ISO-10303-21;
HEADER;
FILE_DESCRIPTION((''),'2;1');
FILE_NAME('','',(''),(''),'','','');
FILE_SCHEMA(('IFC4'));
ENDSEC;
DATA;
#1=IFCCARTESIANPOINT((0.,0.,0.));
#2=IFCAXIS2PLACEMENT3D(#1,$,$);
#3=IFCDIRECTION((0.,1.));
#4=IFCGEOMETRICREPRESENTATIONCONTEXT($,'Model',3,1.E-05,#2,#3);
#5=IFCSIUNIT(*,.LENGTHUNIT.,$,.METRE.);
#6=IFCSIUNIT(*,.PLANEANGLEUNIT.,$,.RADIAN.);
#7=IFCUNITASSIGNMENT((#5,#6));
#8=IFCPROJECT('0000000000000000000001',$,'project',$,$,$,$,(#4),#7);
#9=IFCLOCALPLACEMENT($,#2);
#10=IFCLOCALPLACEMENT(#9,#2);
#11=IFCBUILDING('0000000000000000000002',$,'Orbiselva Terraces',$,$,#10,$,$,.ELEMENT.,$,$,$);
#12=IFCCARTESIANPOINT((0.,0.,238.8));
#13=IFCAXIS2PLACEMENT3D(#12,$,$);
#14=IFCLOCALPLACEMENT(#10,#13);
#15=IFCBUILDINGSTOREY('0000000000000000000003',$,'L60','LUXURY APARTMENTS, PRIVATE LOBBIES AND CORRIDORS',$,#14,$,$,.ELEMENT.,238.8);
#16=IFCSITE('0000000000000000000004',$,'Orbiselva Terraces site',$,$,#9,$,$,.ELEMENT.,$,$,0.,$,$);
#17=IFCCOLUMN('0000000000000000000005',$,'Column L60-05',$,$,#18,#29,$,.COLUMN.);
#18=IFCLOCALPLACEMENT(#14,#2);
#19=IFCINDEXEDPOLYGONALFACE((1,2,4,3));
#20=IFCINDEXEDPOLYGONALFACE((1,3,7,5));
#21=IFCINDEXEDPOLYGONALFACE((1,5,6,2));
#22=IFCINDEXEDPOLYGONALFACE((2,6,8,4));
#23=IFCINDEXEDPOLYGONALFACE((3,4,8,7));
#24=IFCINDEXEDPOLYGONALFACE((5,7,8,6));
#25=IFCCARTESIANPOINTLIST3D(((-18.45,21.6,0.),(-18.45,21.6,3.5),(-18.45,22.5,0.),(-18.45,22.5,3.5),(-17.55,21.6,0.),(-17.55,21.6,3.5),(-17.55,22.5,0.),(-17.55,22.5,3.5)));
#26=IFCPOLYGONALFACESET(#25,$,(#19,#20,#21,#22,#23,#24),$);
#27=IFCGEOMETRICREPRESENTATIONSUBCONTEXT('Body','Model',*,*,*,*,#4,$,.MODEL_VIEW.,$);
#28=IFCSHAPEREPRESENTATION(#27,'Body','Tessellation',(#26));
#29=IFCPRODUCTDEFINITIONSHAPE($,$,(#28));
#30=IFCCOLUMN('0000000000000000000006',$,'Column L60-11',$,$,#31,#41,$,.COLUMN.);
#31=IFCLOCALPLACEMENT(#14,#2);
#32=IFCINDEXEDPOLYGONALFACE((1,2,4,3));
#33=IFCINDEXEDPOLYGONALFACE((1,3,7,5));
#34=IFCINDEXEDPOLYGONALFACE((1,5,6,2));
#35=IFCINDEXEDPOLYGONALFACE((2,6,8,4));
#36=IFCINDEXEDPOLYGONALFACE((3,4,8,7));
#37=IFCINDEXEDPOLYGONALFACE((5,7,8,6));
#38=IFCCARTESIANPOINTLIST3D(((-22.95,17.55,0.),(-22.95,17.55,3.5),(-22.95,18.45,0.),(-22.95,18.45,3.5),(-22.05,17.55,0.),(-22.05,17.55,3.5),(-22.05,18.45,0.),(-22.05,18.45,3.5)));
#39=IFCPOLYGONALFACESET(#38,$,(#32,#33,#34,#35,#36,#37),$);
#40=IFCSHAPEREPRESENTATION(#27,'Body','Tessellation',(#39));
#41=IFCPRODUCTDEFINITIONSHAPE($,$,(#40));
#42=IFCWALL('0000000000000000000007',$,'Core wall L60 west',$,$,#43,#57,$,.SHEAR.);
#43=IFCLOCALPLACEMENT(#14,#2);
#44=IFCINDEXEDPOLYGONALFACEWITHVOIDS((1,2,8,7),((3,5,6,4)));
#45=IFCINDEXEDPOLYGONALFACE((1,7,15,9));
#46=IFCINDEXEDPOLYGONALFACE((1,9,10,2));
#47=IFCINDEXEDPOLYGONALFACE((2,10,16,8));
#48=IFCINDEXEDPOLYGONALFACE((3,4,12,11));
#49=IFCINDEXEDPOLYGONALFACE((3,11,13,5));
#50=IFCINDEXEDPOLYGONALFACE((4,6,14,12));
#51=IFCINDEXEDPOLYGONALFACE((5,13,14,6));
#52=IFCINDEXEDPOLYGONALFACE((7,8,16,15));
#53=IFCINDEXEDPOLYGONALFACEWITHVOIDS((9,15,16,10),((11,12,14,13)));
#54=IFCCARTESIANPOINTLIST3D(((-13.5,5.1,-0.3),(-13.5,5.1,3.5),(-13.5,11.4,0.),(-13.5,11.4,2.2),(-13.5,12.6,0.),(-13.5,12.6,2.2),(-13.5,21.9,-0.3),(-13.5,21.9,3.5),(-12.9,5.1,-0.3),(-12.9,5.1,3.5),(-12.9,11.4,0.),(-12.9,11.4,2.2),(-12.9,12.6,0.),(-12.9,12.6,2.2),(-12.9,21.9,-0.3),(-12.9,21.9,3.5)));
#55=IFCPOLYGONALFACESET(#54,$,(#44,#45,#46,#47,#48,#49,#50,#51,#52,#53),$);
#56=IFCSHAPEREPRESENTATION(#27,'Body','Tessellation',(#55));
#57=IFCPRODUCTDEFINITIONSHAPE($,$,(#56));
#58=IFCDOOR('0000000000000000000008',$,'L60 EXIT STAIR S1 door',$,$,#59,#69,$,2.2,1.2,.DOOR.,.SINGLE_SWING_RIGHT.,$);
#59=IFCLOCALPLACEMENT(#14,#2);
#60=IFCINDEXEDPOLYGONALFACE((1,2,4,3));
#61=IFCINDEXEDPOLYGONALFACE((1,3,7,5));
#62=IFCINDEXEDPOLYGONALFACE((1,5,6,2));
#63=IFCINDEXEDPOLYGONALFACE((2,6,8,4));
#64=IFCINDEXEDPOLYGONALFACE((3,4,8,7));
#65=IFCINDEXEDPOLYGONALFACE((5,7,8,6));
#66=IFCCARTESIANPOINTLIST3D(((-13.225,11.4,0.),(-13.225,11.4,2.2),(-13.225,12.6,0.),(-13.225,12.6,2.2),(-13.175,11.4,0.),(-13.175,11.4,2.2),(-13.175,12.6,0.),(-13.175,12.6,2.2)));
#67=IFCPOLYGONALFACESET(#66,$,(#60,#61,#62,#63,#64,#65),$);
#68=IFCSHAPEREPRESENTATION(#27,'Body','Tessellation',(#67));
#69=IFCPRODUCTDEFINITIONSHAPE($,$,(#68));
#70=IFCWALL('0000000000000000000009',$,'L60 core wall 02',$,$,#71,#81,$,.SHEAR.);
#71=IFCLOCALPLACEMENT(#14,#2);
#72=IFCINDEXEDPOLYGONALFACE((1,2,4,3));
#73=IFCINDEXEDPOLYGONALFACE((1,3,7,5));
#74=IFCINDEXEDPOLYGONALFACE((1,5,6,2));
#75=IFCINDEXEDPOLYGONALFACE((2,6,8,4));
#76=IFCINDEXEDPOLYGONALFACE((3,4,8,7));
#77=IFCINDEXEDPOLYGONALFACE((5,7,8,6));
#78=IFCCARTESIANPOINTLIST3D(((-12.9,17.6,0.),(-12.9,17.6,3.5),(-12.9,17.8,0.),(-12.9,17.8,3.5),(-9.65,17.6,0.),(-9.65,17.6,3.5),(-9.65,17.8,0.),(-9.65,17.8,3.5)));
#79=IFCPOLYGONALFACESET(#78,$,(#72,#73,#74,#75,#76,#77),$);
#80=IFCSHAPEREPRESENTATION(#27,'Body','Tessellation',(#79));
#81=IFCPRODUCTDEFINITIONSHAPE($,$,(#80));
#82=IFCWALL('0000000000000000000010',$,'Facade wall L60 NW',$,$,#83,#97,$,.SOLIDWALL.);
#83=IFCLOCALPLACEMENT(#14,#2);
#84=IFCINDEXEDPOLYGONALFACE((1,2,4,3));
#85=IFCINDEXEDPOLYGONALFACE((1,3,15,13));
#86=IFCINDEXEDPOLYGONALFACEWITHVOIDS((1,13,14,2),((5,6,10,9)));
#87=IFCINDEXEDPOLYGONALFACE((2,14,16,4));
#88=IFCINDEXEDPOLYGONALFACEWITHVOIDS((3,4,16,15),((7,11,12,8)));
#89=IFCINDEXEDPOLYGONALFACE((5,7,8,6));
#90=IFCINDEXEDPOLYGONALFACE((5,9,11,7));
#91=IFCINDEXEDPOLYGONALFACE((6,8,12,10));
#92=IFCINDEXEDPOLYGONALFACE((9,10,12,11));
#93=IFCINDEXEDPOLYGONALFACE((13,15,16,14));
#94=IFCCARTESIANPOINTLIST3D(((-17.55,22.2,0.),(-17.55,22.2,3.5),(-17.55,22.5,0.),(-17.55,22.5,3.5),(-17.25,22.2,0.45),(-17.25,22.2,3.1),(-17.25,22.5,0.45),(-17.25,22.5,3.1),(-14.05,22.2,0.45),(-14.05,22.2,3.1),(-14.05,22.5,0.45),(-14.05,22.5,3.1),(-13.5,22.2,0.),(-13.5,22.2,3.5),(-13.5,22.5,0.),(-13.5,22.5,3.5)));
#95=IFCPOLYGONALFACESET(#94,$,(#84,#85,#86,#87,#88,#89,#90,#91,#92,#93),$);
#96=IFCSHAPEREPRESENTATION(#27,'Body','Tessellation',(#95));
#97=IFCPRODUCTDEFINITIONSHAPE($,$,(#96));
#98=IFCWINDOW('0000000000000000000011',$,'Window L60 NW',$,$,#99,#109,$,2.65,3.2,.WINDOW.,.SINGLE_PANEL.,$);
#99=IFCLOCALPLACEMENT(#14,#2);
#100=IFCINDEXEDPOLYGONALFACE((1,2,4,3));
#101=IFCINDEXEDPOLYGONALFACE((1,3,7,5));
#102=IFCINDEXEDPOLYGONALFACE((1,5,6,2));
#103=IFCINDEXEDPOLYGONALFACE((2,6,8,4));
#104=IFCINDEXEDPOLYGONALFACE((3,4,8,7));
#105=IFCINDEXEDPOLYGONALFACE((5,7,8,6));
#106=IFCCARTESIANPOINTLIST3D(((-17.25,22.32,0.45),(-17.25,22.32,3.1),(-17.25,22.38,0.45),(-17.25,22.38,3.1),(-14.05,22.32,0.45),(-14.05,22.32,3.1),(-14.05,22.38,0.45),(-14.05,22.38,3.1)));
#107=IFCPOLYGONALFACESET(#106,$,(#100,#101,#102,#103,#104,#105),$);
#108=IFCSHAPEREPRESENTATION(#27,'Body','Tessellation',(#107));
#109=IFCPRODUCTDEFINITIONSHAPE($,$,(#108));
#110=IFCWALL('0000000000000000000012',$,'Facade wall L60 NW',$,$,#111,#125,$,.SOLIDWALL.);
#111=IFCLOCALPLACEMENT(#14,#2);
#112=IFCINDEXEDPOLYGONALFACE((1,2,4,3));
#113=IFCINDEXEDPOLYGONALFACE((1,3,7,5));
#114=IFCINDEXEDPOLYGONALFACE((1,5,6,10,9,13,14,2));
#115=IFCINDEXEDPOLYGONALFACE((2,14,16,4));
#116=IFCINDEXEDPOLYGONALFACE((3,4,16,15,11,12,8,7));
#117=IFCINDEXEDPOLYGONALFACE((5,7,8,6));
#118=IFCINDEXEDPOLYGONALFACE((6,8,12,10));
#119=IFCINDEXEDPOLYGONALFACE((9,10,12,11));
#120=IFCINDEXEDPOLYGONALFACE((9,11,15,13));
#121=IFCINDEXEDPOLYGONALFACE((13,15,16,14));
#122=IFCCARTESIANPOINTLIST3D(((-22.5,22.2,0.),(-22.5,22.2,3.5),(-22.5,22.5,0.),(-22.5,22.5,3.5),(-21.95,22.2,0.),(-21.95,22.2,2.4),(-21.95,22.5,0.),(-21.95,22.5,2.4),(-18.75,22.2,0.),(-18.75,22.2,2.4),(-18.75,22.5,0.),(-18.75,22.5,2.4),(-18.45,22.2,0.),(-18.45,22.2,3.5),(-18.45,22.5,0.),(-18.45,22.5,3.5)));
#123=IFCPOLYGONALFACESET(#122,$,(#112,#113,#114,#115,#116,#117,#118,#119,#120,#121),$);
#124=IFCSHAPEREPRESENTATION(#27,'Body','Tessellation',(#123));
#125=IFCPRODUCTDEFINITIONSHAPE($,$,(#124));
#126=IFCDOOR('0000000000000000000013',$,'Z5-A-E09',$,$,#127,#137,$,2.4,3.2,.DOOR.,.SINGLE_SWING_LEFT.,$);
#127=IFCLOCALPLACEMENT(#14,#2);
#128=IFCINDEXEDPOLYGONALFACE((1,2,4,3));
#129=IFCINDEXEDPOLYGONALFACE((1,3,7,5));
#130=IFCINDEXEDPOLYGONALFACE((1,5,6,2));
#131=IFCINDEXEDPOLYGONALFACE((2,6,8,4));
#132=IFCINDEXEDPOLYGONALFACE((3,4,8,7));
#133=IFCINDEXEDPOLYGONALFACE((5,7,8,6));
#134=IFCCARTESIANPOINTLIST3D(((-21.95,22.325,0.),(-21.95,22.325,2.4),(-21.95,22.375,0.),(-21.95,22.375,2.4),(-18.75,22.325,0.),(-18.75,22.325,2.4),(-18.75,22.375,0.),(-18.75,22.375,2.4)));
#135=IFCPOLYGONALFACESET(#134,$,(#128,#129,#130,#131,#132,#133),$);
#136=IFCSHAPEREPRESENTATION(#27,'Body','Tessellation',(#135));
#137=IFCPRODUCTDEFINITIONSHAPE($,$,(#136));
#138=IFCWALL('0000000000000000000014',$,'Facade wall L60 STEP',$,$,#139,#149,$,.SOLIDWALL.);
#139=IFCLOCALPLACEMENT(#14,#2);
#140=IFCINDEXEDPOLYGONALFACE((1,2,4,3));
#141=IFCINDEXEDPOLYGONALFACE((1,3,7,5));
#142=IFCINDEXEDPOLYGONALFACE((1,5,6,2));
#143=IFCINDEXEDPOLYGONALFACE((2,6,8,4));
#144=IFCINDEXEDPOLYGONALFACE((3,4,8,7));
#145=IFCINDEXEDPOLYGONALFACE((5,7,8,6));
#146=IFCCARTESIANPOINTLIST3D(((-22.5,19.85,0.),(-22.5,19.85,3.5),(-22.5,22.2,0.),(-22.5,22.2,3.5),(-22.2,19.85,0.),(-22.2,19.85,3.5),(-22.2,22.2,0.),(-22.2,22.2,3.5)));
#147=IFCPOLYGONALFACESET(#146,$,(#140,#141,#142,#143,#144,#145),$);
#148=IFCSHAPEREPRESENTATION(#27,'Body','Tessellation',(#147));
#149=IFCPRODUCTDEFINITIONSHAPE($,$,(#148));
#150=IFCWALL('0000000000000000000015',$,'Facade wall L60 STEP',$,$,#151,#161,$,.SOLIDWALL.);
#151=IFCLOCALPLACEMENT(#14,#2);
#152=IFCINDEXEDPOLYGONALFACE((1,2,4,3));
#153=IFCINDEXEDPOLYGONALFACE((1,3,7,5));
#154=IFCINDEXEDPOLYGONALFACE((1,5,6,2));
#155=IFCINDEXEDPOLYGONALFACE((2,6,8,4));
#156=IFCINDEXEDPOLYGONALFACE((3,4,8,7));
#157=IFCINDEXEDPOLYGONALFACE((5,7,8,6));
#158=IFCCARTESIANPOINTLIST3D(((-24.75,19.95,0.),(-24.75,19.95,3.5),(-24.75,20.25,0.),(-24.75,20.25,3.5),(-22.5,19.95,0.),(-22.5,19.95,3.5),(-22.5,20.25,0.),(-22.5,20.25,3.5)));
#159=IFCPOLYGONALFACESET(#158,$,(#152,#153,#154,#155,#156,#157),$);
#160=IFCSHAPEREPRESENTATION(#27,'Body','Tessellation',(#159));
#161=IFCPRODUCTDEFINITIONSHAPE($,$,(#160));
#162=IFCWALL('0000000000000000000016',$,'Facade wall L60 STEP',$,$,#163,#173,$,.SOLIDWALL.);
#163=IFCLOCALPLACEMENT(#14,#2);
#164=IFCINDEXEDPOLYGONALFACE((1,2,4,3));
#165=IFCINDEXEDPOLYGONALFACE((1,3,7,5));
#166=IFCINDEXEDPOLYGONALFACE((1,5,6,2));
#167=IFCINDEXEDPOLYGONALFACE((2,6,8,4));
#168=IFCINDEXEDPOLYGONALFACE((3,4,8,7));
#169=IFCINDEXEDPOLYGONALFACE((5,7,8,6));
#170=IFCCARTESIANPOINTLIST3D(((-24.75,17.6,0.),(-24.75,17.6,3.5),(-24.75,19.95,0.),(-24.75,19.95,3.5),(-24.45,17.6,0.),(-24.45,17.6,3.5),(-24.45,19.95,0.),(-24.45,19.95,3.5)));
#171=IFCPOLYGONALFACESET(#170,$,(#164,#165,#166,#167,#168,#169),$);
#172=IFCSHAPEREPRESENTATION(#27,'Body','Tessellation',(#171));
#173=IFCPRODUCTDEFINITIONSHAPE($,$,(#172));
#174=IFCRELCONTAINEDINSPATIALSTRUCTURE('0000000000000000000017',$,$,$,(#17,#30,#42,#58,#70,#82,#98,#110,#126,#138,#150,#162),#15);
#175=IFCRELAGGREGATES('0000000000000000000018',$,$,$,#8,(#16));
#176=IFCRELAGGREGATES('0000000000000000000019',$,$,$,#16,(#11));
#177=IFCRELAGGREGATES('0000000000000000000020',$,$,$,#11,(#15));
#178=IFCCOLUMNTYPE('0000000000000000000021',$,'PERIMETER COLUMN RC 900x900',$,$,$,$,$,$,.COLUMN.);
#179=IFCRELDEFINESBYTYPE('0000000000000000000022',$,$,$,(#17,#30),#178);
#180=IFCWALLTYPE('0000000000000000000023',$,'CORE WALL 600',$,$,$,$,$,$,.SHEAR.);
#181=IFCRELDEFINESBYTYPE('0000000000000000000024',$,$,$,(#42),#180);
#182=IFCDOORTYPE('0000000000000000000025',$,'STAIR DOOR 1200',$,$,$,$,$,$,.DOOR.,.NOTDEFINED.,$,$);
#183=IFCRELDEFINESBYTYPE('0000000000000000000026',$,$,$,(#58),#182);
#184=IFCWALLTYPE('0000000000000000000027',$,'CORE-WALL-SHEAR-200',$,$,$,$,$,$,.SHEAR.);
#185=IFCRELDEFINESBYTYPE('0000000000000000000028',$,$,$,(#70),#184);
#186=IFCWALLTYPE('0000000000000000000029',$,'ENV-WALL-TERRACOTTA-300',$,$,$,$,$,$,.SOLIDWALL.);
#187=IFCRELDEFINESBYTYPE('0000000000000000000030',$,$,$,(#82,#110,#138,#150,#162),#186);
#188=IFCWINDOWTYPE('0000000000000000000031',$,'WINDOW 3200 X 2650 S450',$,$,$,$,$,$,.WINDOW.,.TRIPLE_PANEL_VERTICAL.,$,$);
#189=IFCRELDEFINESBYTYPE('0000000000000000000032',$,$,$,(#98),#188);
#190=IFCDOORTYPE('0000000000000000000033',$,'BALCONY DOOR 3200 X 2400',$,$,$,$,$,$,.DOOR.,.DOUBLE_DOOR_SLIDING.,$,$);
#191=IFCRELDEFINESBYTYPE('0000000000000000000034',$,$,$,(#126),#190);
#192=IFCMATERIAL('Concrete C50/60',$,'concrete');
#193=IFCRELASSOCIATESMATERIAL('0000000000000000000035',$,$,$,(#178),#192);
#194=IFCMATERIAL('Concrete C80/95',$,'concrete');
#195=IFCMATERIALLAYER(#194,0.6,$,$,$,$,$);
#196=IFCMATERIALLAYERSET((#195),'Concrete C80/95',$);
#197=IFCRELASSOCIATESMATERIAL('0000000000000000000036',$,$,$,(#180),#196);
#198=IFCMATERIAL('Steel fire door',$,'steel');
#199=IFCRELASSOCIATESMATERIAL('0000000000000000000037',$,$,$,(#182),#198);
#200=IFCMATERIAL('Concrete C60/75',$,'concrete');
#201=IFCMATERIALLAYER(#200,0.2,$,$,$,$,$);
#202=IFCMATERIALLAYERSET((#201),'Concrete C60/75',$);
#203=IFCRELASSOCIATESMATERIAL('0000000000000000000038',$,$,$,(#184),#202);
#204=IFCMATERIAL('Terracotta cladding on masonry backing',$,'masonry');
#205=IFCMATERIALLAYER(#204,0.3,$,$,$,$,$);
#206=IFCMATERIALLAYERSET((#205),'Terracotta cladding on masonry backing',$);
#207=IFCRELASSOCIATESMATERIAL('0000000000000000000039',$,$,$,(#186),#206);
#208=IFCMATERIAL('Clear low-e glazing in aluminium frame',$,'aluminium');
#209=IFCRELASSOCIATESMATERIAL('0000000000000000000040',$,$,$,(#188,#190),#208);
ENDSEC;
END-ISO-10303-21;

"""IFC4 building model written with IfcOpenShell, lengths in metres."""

from ifc_helpers import new_model, si_unit, direction, frame, frame_2d, origin, origin_2d, place, context, subcontext, project, spatial, rectangle, extrude, material, layer, layer_set, material_profile, profile_set, type_object, element, fill, save


model = new_model("IFC4")

# Units and contexts
model_context = context("Model", 3, precision=1e-05, world=origin(), true_north=direction((0.0, 1.0)))
body_context = subcontext(model_context, "Body", "Model", "MODEL_VIEW")
ifc_project = project(units=[si_unit("LENGTHUNIT", "METRE"), si_unit("PLANEANGLEUNIT", "RADIAN")], contexts=[model_context])

# Site, building, storey
site_placement = place(None, origin())
site = spatial("IfcSite", under=ifc_project, at=site_placement, Name="Orbiselva Terraces site", CompositionType="ELEMENT", RefElevation=0.0)
building_placement = place(site_placement, origin())
building = spatial("IfcBuilding", under=site, at=building_placement, Name="Orbiselva Terraces", CompositionType="ELEMENT")
storey_placement = place(building_placement, frame((0.0, 0.0, 238.8)))
storey = spatial("IfcBuildingStorey", under=building, at=storey_placement, Name="L60", Description="LUXURY APARTMENTS, PRIVATE LOBBIES AND CORRIDORS", CompositionType="ELEMENT", Elevation=238.8)

# Columns
ifc_material_1 = material(Name="Concrete C50/60", Category="concrete")
ifc_material_profile = material_profile(ifc_material_1, rectangle(XDim=0.9, YDim=0.9, at=origin_2d()), Name="RC 900x900")
ifc_profile_set = profile_set([ifc_material_profile], Name="Concrete C50/60")
column_type = type_object("IfcColumnType", Name="PERIMETER COLUMN RC 900x900", PredefinedType="COLUMN", material=ifc_profile_set)
for number, where, z_axis, x_axis, name in (
    (1, (-18.0, 22.05, 0.0), (0.0, 0.0, 1.0), (1.0, 0.0, 0.0), "Column L60-05"),
    (2, (-22.5, 18.0, 0.0), (0.0, 0.0, 1.0), (1.0, 0.0, 0.0), "Column L60-11"),
):
    element("IfcColumn", number, at=place(storey_placement, frame(where, z_axis=z_axis, x_axis=x_axis)), inside=storey, type_object=column_type, Name=name, PredefinedType="COLUMN", context=body_context, shape_type="SweptSolid", body=[
        extrude(rectangle(XDim=0.9, YDim=0.9, at=origin_2d()), origin(), (0.0, 0.0, 1.0), 3.5),
    ])

# Wall, opening, door
ifc_material_2 = material(Name="Concrete C80/95", Category="concrete")
ifc_layer_1 = layer(ifc_material_2, 0.6)
ifc_layer_set_1 = layer_set([ifc_layer_1], Name="Concrete C80/95")
wall_type_1 = type_object("IfcWallType", Name="CORE WALL 600", PredefinedType="SHEAR", material=ifc_layer_set_1)
wall_1_placement = place(storey_placement, frame((-13.2, 21.9, -0.3), z_axis=(0.0, 0.0, 1.0), x_axis=(0.0, -1.0, 0.0)))
wall_1 = element("IfcWall", 3, at=wall_1_placement, inside=storey, type_object=wall_type_1, Name="Core wall L60 west", PredefinedType="SHEAR", context=body_context, shape_type="SweptSolid", body=[
    extrude(rectangle(XDim=16.8, YDim=0.6, at=frame_2d((8.4, 0.0))), origin(), (0.0, 0.0, 1.0), 3.8),
])
opening_1_placement = place(wall_1_placement, frame((9.3, 0.0, 0.3)))
opening_1 = element("IfcOpeningElement", 4, at=opening_1_placement, cuts=wall_1, PredefinedType="OPENING", context=body_context, shape_type="SweptSolid", body=[
    extrude(rectangle(XDim=1.2, YDim=2.2, at=frame_2d((0.6, 1.1))), frame((0.0, 0.31, 0.0), z_axis=(0.0, -1.0, 0.0), x_axis=(1.0, 0.0, 0.0)), (0.0, 0.0, 1.0), 0.62),
])
ifc_material_3 = material(Name="Steel fire door", Category="steel")
door_type_1 = type_object("IfcDoorType", Name="STAIR DOOR 1200", OperationType="NOTDEFINED", PredefinedType="DOOR", material=ifc_material_3)
door_1_placement = place(opening_1_placement, frame((1.2, 0.0, 0.0), z_axis=(0.0, 0.0, 1.0), x_axis=(-1.0, 0.0, 0.0)))
door_1 = element("IfcDoor", 5, at=door_1_placement, inside=storey, type_object=door_type_1, Name="L60 EXIT STAIR S1 door", OperationType="SINGLE_SWING_RIGHT", OverallHeight=2.2, OverallWidth=1.2, PredefinedType="DOOR", context=body_context, shape_type="SweptSolid", body=[
    extrude(rectangle(XDim=1.2, YDim=2.2, at=frame_2d((0.6, 1.1))), frame((0.0, 0.025, 0.0), z_axis=(0.0, -1.0, 0.0), x_axis=(1.0, 0.0, 0.0)), (0.0, 0.0, 1.0), 0.05),
])
fill(opening_1, door_1)

# Wall
ifc_material_4 = material(Name="Concrete C60/75", Category="concrete")
ifc_layer_2 = layer(ifc_material_4, 0.2)
ifc_layer_set_2 = layer_set([ifc_layer_2], Name="Concrete C60/75")
wall_type_2 = type_object("IfcWallType", Name="CORE-WALL-SHEAR-200", PredefinedType="SHEAR", material=ifc_layer_set_2)
wall_2_placement = place(storey_placement, frame((-12.9, 17.7, 0.0), z_axis=(0.0, 0.0, 1.0), x_axis=(1.0, 0.0, 0.0)))
element("IfcWall", 6, at=wall_2_placement, inside=storey, type_object=wall_type_2, Name="L60 core wall 02", PredefinedType="SHEAR", context=body_context, shape_type="SweptSolid", body=[
    extrude(rectangle(XDim=3.25, YDim=0.2, at=frame_2d((1.625, 0.0))), origin(), (0.0, 0.0, 1.0), 3.5),
])

# Wall, opening, window
ifc_material_5 = material(Name="Terracotta cladding on masonry backing", Category="masonry")
ifc_layer_3 = layer(ifc_material_5, 0.3)
ifc_layer_set_3 = layer_set([ifc_layer_3], Name="Terracotta cladding on masonry backing")
wall_type_3 = type_object("IfcWallType", Name="ENV-WALL-TERRACOTTA-300", PredefinedType="SOLIDWALL", material=ifc_layer_set_3)
wall_3_placement = place(storey_placement, frame((-17.55, 22.35, 0.0), z_axis=(0.0, 0.0, 1.0), x_axis=(1.0, 0.0, 0.0)))
wall_3 = element("IfcWall", 7, at=wall_3_placement, inside=storey, type_object=wall_type_3, Name="Facade wall L60 NW", PredefinedType="SOLIDWALL", context=body_context, shape_type="SweptSolid", body=[
    extrude(rectangle(XDim=4.05, YDim=0.3, at=frame_2d((2.025, 0.0))), origin(), (0.0, 0.0, 1.0), 3.5),
])
opening_2_placement = place(wall_3_placement, frame((0.3, 0.0, 0.45)))
opening_2 = element("IfcOpeningElement", 8, at=opening_2_placement, cuts=wall_3, PredefinedType="OPENING", context=body_context, shape_type="SweptSolid", body=[
    extrude(rectangle(XDim=3.2, YDim=2.65, at=frame_2d((1.6, 1.325))), frame((0.0, 0.16, 0.0), z_axis=(0.0, -1.0, 0.0), x_axis=(1.0, 0.0, 0.0)), (0.0, 0.0, 1.0), 0.32),
])
ifc_material_6 = material(Name="Clear low-e glazing in aluminium frame", Category="aluminium")
window_type = type_object("IfcWindowType", Name="WINDOW 3200 X 2650 S450", PartitioningType="TRIPLE_PANEL_VERTICAL", PredefinedType="WINDOW", material=ifc_material_6)
window_placement = place(opening_2_placement, origin())
window = element("IfcWindow", 9, at=window_placement, inside=storey, type_object=window_type, Name="Window L60 NW", OverallHeight=2.65, OverallWidth=3.2, PartitioningType="SINGLE_PANEL", PredefinedType="WINDOW", context=body_context, shape_type="SweptSolid", body=[
    extrude(rectangle(XDim=3.2, YDim=2.65, at=frame_2d((1.6, 1.325))), frame((0.0, 0.03, 0.0), z_axis=(0.0, -1.0, 0.0), x_axis=(1.0, 0.0, 0.0)), (0.0, 0.0, 1.0), 0.06),
])
fill(opening_2, window)

# Wall, opening, door
wall_4_placement = place(storey_placement, frame((-22.5, 22.35, 0.0), z_axis=(0.0, 0.0, 1.0), x_axis=(1.0, 0.0, 0.0)))
wall_4 = element("IfcWall", 10, at=wall_4_placement, inside=storey, type_object=wall_type_3, Name="Facade wall L60 NW", PredefinedType="SOLIDWALL", context=body_context, shape_type="SweptSolid", body=[
    extrude(rectangle(XDim=4.05, YDim=0.3, at=frame_2d((2.025, 0.0))), origin(), (0.0, 0.0, 1.0), 3.5),
])
opening_3_placement = place(wall_4_placement, frame((0.55, 0.0, 0.0)))
opening_3 = element("IfcOpeningElement", 11, at=opening_3_placement, cuts=wall_4, PredefinedType="OPENING", context=body_context, shape_type="SweptSolid", body=[
    extrude(rectangle(XDim=3.2, YDim=2.4, at=frame_2d((1.6, 1.2))), frame((0.0, 0.16, 0.0), z_axis=(0.0, -1.0, 0.0), x_axis=(1.0, 0.0, 0.0)), (0.0, 0.0, 1.0), 0.32),
])
door_type_2 = type_object("IfcDoorType", Name="BALCONY DOOR 3200 X 2400", OperationType="DOUBLE_DOOR_SLIDING", PredefinedType="DOOR", material=ifc_material_6)
door_2_placement = place(opening_3_placement, origin())
door_2 = element("IfcDoor", 12, at=door_2_placement, inside=storey, type_object=door_type_2, Name="Z5-A-E09", OperationType="SINGLE_SWING_LEFT", OverallHeight=2.4, OverallWidth=3.2, PredefinedType="DOOR", context=body_context, shape_type="SweptSolid", body=[
    extrude(rectangle(XDim=3.2, YDim=2.4, at=frame_2d((1.6, 1.2))), frame((0.0, 0.025, 0.0), z_axis=(0.0, -1.0, 0.0), x_axis=(1.0, 0.0, 0.0)), (0.0, 0.0, 1.0), 0.05),
])
fill(opening_3, door_2)

# Walls
wall_5_placement = place(storey_placement, frame((-22.35, 19.85, 0.0), z_axis=(0.0, 0.0, 1.0), x_axis=(0.0, 1.0, 0.0)))
element("IfcWall", 13, at=wall_5_placement, inside=storey, type_object=wall_type_3, Name="Facade wall L60 STEP", PredefinedType="SOLIDWALL", context=body_context, shape_type="SweptSolid", body=[
    extrude(rectangle(XDim=2.35, YDim=0.3, at=frame_2d((1.175, 0.0))), origin(), (0.0, 0.0, 1.0), 3.5),
])
wall_6_placement = place(storey_placement, frame((-24.75, 20.1, 0.0), z_axis=(0.0, 0.0, 1.0), x_axis=(1.0, 0.0, 0.0)))
element("IfcWall", 14, at=wall_6_placement, inside=storey, type_object=wall_type_3, Name="Facade wall L60 STEP", PredefinedType="SOLIDWALL", context=body_context, shape_type="SweptSolid", body=[
    extrude(rectangle(XDim=2.25, YDim=0.3, at=frame_2d((1.125, 0.0))), origin(), (0.0, 0.0, 1.0), 3.5),
])
wall_7_placement = place(storey_placement, frame((-24.6, 17.6, 0.0), z_axis=(0.0, 0.0, 1.0), x_axis=(0.0, 1.0, 0.0)))
element("IfcWall", 15, at=wall_7_placement, inside=storey, type_object=wall_type_3, Name="Facade wall L60 STEP", PredefinedType="SOLIDWALL", context=body_context, shape_type="SweptSolid", body=[
    extrude(rectangle(XDim=2.35, YDim=0.3, at=frame_2d((1.175, 0.0))), origin(), (0.0, 0.0, 1.0), 3.5),
])

save(model, "model.ifc")
